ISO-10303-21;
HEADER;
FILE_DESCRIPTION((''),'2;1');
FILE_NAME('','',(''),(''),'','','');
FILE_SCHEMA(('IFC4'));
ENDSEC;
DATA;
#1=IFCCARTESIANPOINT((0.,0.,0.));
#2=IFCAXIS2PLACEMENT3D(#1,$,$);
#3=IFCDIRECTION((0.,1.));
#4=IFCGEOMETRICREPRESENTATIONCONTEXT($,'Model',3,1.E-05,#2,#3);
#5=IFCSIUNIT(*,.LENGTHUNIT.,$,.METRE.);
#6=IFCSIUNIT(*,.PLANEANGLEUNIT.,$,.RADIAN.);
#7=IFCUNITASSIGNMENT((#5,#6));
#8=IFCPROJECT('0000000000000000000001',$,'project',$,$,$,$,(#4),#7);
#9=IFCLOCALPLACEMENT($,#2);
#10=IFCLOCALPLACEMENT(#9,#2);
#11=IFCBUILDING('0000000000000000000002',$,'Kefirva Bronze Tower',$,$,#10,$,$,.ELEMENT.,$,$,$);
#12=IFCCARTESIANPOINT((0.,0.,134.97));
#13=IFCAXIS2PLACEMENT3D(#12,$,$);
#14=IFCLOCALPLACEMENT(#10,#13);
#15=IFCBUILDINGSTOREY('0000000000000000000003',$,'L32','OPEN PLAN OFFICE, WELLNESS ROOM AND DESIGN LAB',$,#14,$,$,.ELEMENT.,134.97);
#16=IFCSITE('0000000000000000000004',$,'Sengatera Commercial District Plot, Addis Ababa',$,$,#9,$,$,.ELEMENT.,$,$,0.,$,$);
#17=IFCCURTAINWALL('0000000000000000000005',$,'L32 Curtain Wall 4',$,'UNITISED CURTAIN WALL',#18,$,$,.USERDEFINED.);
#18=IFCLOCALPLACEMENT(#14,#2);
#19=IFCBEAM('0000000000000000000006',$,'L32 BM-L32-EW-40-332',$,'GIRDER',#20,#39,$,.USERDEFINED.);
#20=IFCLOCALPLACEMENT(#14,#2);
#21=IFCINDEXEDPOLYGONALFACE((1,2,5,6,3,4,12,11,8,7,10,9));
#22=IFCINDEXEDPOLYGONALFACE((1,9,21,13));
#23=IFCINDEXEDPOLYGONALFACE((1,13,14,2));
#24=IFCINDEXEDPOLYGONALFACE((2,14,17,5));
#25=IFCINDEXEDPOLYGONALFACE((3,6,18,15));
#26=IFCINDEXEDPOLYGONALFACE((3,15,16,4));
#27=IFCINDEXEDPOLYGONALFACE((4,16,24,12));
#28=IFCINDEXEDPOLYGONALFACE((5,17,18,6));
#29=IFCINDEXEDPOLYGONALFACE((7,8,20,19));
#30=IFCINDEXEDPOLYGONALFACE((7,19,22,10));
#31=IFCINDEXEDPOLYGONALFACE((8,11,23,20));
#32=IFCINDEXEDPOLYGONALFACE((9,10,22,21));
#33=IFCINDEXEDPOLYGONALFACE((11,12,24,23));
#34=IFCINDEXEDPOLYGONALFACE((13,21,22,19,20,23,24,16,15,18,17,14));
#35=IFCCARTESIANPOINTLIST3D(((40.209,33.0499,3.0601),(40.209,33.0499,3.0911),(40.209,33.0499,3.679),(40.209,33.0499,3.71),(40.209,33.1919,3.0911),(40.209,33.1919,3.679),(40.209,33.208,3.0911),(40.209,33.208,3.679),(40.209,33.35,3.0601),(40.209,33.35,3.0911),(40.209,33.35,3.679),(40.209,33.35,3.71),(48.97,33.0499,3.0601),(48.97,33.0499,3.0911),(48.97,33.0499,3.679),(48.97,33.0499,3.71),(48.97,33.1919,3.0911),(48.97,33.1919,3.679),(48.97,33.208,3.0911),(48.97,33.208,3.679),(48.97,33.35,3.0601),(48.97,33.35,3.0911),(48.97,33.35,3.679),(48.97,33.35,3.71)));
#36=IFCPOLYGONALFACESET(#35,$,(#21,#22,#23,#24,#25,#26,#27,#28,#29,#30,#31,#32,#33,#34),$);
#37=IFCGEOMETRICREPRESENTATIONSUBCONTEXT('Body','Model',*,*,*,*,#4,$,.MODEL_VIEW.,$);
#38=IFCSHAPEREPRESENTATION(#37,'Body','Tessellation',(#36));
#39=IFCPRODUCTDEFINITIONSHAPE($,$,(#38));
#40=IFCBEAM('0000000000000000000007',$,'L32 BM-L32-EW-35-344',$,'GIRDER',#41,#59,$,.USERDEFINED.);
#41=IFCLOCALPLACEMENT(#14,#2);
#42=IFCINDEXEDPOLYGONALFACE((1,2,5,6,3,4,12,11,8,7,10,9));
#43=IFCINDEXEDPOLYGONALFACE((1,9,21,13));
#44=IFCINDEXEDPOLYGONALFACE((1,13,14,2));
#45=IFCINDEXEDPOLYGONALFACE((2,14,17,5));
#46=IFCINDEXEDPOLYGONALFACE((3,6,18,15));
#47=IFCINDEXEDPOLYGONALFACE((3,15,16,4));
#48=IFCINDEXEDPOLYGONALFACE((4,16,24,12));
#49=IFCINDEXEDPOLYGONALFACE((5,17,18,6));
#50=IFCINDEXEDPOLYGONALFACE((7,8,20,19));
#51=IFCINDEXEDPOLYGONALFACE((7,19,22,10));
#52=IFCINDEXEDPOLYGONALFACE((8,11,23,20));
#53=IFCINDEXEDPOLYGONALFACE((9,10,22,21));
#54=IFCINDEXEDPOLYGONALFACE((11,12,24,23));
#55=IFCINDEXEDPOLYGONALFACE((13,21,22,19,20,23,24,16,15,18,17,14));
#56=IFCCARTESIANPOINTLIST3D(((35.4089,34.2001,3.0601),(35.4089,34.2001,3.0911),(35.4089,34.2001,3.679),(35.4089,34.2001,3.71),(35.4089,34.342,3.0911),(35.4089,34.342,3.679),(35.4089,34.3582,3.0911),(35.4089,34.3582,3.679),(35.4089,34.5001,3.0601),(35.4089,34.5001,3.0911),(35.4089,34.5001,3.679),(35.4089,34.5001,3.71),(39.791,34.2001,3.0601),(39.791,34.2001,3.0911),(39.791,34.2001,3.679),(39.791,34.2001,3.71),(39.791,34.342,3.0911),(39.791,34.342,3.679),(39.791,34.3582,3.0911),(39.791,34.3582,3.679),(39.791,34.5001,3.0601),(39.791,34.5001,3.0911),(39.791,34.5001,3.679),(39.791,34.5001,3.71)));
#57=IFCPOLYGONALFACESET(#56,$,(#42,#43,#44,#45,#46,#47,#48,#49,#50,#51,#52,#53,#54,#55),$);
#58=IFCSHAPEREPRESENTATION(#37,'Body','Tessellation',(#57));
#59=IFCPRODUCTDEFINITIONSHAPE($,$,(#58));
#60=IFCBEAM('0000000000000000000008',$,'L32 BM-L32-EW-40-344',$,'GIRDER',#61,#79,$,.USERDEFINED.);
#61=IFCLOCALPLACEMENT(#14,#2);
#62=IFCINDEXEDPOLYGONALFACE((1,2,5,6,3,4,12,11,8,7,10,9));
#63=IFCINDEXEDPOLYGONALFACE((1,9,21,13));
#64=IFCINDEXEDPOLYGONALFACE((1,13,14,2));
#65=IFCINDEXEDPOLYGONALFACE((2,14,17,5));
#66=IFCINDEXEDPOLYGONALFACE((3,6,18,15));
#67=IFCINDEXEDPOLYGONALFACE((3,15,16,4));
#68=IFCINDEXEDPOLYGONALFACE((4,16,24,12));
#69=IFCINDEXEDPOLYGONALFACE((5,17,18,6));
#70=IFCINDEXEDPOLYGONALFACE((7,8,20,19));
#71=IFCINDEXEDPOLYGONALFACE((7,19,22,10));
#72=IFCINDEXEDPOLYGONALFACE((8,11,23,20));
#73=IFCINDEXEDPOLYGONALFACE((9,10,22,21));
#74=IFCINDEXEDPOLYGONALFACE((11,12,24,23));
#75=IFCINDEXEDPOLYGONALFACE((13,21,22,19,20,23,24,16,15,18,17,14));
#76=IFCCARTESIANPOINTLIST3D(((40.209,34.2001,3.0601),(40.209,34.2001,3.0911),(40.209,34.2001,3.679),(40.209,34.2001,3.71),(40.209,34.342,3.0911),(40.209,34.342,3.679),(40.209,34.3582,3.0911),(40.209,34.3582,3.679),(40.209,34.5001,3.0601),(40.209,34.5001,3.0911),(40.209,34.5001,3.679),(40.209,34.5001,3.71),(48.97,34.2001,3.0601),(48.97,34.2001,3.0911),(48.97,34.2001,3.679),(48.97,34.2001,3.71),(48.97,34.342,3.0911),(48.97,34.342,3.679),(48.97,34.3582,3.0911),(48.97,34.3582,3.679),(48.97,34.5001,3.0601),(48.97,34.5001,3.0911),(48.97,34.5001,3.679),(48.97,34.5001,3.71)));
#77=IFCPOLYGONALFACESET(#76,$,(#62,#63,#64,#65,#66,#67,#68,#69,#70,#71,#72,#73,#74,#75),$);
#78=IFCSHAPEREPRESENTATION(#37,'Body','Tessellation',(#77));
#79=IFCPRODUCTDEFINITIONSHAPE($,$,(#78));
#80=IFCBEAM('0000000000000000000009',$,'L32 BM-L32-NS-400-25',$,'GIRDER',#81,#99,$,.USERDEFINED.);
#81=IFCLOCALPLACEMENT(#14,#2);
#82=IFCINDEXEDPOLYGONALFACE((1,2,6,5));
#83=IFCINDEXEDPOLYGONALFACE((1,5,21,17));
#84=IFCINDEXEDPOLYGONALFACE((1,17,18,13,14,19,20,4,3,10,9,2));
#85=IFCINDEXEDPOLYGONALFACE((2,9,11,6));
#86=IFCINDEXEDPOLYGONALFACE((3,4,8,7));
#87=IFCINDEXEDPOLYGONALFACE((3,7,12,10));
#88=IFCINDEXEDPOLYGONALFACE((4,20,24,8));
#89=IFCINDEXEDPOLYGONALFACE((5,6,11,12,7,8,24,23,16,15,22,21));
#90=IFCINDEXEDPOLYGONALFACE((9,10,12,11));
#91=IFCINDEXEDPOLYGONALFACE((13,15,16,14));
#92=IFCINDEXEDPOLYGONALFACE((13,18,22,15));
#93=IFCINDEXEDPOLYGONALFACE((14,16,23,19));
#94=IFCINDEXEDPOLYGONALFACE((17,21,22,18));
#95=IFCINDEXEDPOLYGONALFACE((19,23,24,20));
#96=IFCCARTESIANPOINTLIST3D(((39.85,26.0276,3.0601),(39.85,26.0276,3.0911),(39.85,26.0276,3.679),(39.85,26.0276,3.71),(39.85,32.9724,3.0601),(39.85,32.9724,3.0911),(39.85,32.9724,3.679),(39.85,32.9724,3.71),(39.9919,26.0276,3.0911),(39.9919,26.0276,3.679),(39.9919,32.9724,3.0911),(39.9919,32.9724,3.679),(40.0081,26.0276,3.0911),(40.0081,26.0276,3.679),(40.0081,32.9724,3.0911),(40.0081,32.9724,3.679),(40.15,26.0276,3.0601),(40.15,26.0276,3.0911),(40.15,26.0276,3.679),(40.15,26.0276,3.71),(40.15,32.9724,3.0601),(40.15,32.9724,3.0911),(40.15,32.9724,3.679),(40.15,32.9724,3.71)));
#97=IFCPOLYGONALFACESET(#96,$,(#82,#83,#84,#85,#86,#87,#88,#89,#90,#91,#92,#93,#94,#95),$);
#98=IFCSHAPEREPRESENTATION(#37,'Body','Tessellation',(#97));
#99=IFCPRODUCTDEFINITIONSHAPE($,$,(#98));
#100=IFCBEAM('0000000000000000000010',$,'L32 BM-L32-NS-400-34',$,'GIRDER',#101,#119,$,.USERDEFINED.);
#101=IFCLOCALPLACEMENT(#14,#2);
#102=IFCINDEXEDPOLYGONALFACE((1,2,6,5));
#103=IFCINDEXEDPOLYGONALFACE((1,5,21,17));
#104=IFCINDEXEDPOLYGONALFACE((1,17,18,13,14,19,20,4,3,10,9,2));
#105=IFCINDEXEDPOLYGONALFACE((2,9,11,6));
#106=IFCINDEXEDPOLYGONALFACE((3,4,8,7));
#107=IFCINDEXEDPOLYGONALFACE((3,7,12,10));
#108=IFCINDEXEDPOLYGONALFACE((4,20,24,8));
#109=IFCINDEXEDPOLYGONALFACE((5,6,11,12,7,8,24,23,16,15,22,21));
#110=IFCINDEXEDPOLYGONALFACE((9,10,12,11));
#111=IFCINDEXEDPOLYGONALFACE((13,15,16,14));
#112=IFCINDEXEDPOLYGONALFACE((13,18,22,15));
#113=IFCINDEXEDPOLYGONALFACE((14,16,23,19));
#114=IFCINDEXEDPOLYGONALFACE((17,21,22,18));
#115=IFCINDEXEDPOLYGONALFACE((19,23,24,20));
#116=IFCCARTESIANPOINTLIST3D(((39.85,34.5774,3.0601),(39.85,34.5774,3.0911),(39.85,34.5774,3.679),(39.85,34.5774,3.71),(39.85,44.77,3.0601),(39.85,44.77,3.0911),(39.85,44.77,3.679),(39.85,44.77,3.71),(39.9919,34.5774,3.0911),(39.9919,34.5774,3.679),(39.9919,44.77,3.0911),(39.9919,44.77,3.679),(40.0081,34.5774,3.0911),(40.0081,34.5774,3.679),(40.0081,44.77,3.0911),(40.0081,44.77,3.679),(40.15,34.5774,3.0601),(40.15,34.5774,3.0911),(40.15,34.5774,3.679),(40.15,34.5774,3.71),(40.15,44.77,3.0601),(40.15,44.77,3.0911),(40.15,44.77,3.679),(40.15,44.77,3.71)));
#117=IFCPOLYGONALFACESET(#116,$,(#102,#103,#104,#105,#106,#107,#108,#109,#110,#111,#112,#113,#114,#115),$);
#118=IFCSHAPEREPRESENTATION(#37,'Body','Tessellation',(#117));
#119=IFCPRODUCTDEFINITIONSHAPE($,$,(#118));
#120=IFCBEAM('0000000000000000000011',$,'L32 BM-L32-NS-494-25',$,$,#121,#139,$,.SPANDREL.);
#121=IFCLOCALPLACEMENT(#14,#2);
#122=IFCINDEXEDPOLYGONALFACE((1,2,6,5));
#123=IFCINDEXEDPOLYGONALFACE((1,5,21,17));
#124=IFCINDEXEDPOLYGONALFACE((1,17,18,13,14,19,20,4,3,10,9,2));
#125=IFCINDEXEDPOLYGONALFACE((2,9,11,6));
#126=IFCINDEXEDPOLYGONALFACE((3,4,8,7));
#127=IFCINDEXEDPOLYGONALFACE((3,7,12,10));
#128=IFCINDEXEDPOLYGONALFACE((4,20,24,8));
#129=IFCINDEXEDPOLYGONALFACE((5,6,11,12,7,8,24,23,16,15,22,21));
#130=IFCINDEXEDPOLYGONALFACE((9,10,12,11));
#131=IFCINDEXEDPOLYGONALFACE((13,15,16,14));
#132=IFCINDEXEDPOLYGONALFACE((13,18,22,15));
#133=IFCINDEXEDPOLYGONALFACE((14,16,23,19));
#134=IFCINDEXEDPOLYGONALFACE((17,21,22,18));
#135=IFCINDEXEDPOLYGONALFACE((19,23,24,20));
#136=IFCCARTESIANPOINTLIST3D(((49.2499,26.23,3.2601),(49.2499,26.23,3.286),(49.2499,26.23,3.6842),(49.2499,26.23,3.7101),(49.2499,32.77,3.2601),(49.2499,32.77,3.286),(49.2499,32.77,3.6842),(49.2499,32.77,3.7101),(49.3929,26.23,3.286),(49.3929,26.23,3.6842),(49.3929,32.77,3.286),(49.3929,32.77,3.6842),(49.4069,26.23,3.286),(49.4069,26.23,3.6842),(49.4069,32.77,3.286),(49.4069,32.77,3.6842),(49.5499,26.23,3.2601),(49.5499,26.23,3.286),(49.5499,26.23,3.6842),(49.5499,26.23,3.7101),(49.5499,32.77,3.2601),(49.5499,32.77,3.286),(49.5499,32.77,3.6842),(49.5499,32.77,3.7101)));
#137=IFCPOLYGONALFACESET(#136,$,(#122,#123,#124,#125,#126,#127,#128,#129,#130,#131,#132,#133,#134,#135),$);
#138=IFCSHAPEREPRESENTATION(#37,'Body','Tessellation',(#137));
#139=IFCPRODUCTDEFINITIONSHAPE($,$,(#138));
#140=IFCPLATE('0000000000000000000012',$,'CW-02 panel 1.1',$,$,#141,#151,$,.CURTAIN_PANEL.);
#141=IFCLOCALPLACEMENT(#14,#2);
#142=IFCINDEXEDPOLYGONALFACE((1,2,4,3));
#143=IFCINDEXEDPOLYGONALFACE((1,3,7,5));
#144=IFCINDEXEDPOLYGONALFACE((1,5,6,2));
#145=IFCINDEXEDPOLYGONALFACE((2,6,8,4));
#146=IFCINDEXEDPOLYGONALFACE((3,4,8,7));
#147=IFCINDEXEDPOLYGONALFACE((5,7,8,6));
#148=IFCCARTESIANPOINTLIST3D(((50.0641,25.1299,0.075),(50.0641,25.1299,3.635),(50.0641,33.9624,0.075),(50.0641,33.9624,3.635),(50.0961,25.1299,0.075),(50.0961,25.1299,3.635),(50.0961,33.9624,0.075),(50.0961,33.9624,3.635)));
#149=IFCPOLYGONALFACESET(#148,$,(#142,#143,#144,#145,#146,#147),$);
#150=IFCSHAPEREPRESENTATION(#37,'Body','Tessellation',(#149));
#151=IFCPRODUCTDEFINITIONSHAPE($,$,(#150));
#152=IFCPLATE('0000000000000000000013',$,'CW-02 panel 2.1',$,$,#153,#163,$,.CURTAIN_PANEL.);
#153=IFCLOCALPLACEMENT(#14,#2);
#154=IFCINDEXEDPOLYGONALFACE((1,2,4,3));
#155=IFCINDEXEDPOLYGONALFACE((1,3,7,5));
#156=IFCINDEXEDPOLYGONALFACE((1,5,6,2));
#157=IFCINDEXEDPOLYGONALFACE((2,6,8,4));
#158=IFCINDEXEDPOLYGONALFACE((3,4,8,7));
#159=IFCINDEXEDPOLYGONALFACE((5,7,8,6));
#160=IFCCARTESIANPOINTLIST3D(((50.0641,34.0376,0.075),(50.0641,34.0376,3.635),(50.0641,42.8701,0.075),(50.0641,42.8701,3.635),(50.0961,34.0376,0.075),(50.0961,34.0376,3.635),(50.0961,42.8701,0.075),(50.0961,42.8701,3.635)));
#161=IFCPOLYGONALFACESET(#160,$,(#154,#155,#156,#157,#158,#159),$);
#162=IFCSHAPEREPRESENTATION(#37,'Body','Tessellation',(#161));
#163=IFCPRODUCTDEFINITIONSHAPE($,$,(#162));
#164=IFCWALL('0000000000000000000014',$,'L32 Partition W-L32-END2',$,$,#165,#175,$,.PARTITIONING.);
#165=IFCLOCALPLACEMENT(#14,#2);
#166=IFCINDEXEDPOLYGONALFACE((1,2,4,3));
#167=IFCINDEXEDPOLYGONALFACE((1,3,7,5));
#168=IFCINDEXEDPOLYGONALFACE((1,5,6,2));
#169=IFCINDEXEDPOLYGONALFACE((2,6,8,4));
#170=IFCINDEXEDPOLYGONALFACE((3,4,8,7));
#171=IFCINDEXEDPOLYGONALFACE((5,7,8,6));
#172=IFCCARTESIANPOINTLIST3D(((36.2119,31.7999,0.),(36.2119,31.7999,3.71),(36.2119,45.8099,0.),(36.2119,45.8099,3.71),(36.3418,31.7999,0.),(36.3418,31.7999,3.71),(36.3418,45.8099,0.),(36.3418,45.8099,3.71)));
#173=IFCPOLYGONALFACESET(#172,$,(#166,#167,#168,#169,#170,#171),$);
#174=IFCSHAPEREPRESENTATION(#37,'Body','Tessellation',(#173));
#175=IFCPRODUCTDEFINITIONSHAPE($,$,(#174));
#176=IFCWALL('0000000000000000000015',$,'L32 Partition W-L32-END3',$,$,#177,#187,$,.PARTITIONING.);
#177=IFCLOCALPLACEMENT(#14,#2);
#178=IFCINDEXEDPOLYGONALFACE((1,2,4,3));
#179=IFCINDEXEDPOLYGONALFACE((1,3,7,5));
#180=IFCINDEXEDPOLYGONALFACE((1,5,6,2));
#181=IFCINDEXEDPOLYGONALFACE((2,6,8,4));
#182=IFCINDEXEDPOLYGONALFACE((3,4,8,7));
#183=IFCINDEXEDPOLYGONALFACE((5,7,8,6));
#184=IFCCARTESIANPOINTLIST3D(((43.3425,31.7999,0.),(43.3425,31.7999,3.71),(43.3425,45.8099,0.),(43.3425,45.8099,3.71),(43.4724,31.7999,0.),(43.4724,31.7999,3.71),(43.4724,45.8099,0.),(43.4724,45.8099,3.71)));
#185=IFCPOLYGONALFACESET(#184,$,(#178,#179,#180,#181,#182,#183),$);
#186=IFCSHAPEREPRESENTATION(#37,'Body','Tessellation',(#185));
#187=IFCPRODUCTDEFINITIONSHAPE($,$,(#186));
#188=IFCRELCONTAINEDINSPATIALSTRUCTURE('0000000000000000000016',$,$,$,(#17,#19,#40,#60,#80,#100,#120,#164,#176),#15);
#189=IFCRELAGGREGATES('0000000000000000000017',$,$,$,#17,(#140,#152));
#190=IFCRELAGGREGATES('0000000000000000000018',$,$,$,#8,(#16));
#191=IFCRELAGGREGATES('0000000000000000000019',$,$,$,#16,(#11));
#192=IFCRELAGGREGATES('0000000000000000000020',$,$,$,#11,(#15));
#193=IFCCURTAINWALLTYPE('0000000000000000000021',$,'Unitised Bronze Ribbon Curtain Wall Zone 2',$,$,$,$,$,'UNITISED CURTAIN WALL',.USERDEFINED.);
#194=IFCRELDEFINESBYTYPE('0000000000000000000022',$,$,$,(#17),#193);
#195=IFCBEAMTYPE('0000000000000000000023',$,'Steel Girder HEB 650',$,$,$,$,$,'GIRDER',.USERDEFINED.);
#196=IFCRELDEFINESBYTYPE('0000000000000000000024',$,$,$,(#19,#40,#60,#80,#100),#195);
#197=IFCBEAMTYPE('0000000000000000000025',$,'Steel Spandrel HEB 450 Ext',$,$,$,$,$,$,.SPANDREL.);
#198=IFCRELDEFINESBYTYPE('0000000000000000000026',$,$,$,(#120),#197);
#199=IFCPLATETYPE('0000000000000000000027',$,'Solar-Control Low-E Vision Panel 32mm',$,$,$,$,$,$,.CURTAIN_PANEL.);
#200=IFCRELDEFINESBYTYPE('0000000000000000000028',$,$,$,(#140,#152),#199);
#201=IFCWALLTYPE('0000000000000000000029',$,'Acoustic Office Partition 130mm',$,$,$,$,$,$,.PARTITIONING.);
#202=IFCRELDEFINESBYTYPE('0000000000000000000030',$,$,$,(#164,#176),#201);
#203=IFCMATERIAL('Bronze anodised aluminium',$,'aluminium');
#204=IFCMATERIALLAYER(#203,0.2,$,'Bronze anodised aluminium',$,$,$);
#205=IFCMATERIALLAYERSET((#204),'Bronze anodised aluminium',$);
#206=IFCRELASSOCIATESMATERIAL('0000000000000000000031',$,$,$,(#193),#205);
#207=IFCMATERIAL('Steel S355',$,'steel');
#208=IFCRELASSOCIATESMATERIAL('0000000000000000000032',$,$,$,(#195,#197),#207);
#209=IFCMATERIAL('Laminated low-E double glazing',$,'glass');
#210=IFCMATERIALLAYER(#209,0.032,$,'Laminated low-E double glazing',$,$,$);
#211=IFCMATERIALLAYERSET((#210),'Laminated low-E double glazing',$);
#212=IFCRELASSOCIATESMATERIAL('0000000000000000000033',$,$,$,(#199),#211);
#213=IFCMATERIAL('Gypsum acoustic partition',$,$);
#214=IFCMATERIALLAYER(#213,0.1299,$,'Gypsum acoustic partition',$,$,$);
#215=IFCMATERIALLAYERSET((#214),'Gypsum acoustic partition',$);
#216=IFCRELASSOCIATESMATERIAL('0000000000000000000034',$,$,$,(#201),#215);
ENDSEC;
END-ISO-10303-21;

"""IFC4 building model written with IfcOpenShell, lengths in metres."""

from ifc_helpers import new_model, si_unit, direction, frame, frame_2d, origin, origin_2d, place, context, subcontext, project, spatial, rectangle, i_section, extrude, material, layer, layer_set, material_profile, profile_set, type_object, element, aggregate, save


model = new_model("IFC4")

# Units and contexts
model_context = context("Model", 3, precision=1e-05, world=origin(), true_north=direction((0.0, 1.0)))
body_context = subcontext(model_context, "Body", "Model", "MODEL_VIEW")
ifc_project = project(units=[si_unit("LENGTHUNIT", "METRE"), si_unit("PLANEANGLEUNIT", "RADIAN")], contexts=[model_context])

# Site, building, storey
site_placement = place(None, origin())
site = spatial("IfcSite", under=ifc_project, at=site_placement, Name="Sengatera Commercial District Plot, Addis Ababa", CompositionType="ELEMENT", RefElevation=0.0)
building_placement = place(site_placement, origin())
building = spatial("IfcBuilding", under=site, at=building_placement, Name="Kefirva Bronze Tower", CompositionType="ELEMENT")
storey_placement = place(building_placement, frame((0.0, 0.0, 134.97)))
storey = spatial("IfcBuildingStorey", under=building, at=storey_placement, Name="L32", Description="OPEN PLAN OFFICE, WELLNESS ROOM AND DESIGN LAB", CompositionType="ELEMENT", Elevation=134.97)

# Curtain wall
ifc_material_1 = material(Name="Bronze anodised aluminium", Category="aluminium")
ifc_layer_1 = layer(ifc_material_1, 0.2, Name="Bronze anodised aluminium")
ifc_layer_set_1 = layer_set([ifc_layer_1], Name="Bronze anodised aluminium")
curtain_wall_type = type_object("IfcCurtainWallType", Name="Unitised Bronze Ribbon Curtain Wall Zone 2", ElementType="UNITISED CURTAIN WALL", PredefinedType="USERDEFINED", material=ifc_layer_set_1)
curtain_wall_placement = place(storey_placement, origin())
curtain_wall = element("IfcCurtainWall", 1, at=curtain_wall_placement, inside=storey, type_object=curtain_wall_type, Name="L32 Curtain Wall 4", ObjectType="UNITISED CURTAIN WALL", PredefinedType="USERDEFINED")

# Beams
ifc_material_2 = material(Name="Steel S355", Category="steel")
ifc_material_profile_1 = material_profile(ifc_material_2, i_section(OverallWidth=0.3, OverallDepth=0.6499, WebThickness=0.0161, FlangeThickness=0.031, at=origin_2d()), Name="HEB 650")
ifc_profile_set_1 = profile_set([ifc_material_profile_1], Name="Steel S355")
beam_type_1 = type_object("IfcBeamType", Name="Steel Girder HEB 650", ElementType="GIRDER", PredefinedType="USERDEFINED", material=ifc_profile_set_1)
beam_1_placement = place(storey_placement, frame((40.209, 33.2, 3.385), z_axis=(1.0, 0.0, 0.0), x_axis=(0.0, 1.0, 0.0)))
element("IfcBeam", 2, at=beam_1_placement, inside=storey, type_object=beam_type_1, Name="L32 BM-L32-EW-40-332", ObjectType="GIRDER", PredefinedType="USERDEFINED", context=body_context, shape_type="SweptSolid", body=[
    extrude(i_section(OverallWidth=0.3, OverallDepth=0.6499, WebThickness=0.0161, FlangeThickness=0.031, at=origin_2d()), origin(), (0.0, 0.0, 1.0), 8.761),
])
beam_2_placement = place(storey_placement, frame((35.4089, 34.3501, 3.385), z_axis=(1.0, 0.0, 0.0), x_axis=(0.0, 1.0, 0.0)))
element("IfcBeam", 3, at=beam_2_placement, inside=storey, type_object=beam_type_1, Name="L32 BM-L32-EW-35-344", ObjectType="GIRDER", PredefinedType="USERDEFINED", context=body_context, shape_type="SweptSolid", body=[
    extrude(i_section(OverallWidth=0.3, OverallDepth=0.6499, WebThickness=0.0161, FlangeThickness=0.031, at=origin_2d()), origin(), (0.0, 0.0, 1.0), 4.3821),
])
beam_3_placement = place(storey_placement, frame((40.209, 34.3501, 3.385), z_axis=(1.0, 0.0, 0.0), x_axis=(0.0, 1.0, 0.0)))
element("IfcBeam", 4, at=beam_3_placement, inside=storey, type_object=beam_type_1, Name="L32 BM-L32-EW-40-344", ObjectType="GIRDER", PredefinedType="USERDEFINED", context=body_context, shape_type="SweptSolid", body=[
    extrude(i_section(OverallWidth=0.3, OverallDepth=0.6499, WebThickness=0.0161, FlangeThickness=0.031, at=origin_2d()), origin(), (0.0, 0.0, 1.0), 8.761),
])
beam_4_placement = place(storey_placement, frame((40.0, 26.0276, 3.385), z_axis=(0.0, 1.0, 0.0), x_axis=(-1.0, 0.0, 0.0)))
element("IfcBeam", 5, at=beam_4_placement, inside=storey, type_object=beam_type_1, Name="L32 BM-L32-NS-400-25", ObjectType="GIRDER", PredefinedType="USERDEFINED", context=body_context, shape_type="SweptSolid", body=[
    extrude(i_section(OverallWidth=0.3, OverallDepth=0.6499, WebThickness=0.0161, FlangeThickness=0.031, at=origin_2d()), origin(), (0.0, 0.0, 1.0), 6.9448),
])
beam_5_placement = place(storey_placement, frame((40.0, 34.5774, 3.385), z_axis=(0.0, 1.0, 0.0), x_axis=(-1.0, 0.0, 0.0)))
element("IfcBeam", 6, at=beam_5_placement, inside=storey, type_object=beam_type_1, Name="L32 BM-L32-NS-400-34", ObjectType="GIRDER", PredefinedType="USERDEFINED", context=body_context, shape_type="SweptSolid", body=[
    extrude(i_section(OverallWidth=0.3, OverallDepth=0.6499, WebThickness=0.0161, FlangeThickness=0.031, at=origin_2d()), origin(), (0.0, 0.0, 1.0), 10.1926),
])
ifc_material_profile_2 = material_profile(ifc_material_2, i_section(OverallWidth=0.3, OverallDepth=0.45, WebThickness=0.0139, FlangeThickness=0.0259, at=origin_2d()), Name="HEB 450")
ifc_profile_set_2 = profile_set([ifc_material_profile_2], Name="Steel S355")
beam_type_2 = type_object("IfcBeamType", Name="Steel Spandrel HEB 450 Ext", PredefinedType="SPANDREL", material=ifc_profile_set_2)
beam_6_placement = place(storey_placement, frame((49.3999, 26.23, 3.4851), z_axis=(0.0, 1.0, 0.0), x_axis=(-1.0, 0.0, 0.0)))
element("IfcBeam", 7, at=beam_6_placement, inside=storey, type_object=beam_type_2, Name="L32 BM-L32-NS-494-25", PredefinedType="SPANDREL", context=body_context, shape_type="SweptSolid", body=[
    extrude(i_section(OverallWidth=0.3, OverallDepth=0.45, WebThickness=0.0139, FlangeThickness=0.0259, at=origin_2d()), origin(), (0.0, 0.0, 1.0), 6.54),
])

# Plates
ifc_material_3 = material(Name="Laminated low-E double glazing", Category="glass")
ifc_layer_2 = layer(ifc_material_3, 0.032, Name="Laminated low-E double glazing")
ifc_layer_set_2 = layer_set([ifc_layer_2], Name="Laminated low-E double glazing")
plate_type = type_object("IfcPlateType", Name="Solar-Control Low-E Vision Panel 32mm", PredefinedType="CURTAIN_PANEL", material=ifc_layer_set_2)
plate_1_placement = place(storey_placement, frame((50.0801, 29.5461, 0.075), z_axis=(0.0, 0.0, 1.0), x_axis=(0.0, 1.0, 0.0)))
plate_1 = element("IfcPlate", 8, at=plate_1_placement, type_object=plate_type, Name="CW-02 panel 1.1", PredefinedType="CURTAIN_PANEL", context=body_context, shape_type="SweptSolid", body=[
    extrude(rectangle(XDim=8.8325, YDim=0.032, at=origin_2d()), origin(), (0.0, 0.0, 1.0), 3.5601),
])
plate_2_placement = place(storey_placement, frame((50.0801, 38.4539, 0.075), z_axis=(0.0, 0.0, 1.0), x_axis=(0.0, 1.0, 0.0)))
plate_2 = element("IfcPlate", 9, at=plate_2_placement, type_object=plate_type, Name="CW-02 panel 2.1", PredefinedType="CURTAIN_PANEL", context=body_context, shape_type="SweptSolid", body=[
    extrude(rectangle(XDim=8.8325, YDim=0.032, at=origin_2d()), origin(), (0.0, 0.0, 1.0), 3.5601),
])
aggregate(curtain_wall, [plate_1, plate_2])

# Walls
ifc_material_4 = material(Name="Gypsum acoustic partition")
ifc_layer_3 = layer(ifc_material_4, 0.1299, Name="Gypsum acoustic partition")
ifc_layer_set_3 = layer_set([ifc_layer_3], Name="Gypsum acoustic partition")
wall_type = type_object("IfcWallType", Name="Acoustic Office Partition 130mm", PredefinedType="PARTITIONING", material=ifc_layer_set_3)
for number, where, z_axis, x_axis, name in (
    (10, (36.2769, 31.8, 0.0), (0.0, 0.0, 1.0), (0.0, 1.0, 0.0), "L32 Partition W-L32-END2"),
    (11, (43.4075, 31.8, 0.0), (0.0, 0.0, 1.0), (0.0, 1.0, 0.0), "L32 Partition W-L32-END3"),
):
    element("IfcWall", number, at=place(storey_placement, frame(where, z_axis=z_axis, x_axis=x_axis)), inside=storey, type_object=wall_type, Name=name, PredefinedType="PARTITIONING", context=body_context, shape_type="SweptSolid", body=[
        extrude(rectangle(XDim=14.01, YDim=0.1299, at=frame_2d((7.0049, 0.0))), origin(), (0.0, 0.0, 1.0), 3.71),
    ])

save(model, "model.ifc")
